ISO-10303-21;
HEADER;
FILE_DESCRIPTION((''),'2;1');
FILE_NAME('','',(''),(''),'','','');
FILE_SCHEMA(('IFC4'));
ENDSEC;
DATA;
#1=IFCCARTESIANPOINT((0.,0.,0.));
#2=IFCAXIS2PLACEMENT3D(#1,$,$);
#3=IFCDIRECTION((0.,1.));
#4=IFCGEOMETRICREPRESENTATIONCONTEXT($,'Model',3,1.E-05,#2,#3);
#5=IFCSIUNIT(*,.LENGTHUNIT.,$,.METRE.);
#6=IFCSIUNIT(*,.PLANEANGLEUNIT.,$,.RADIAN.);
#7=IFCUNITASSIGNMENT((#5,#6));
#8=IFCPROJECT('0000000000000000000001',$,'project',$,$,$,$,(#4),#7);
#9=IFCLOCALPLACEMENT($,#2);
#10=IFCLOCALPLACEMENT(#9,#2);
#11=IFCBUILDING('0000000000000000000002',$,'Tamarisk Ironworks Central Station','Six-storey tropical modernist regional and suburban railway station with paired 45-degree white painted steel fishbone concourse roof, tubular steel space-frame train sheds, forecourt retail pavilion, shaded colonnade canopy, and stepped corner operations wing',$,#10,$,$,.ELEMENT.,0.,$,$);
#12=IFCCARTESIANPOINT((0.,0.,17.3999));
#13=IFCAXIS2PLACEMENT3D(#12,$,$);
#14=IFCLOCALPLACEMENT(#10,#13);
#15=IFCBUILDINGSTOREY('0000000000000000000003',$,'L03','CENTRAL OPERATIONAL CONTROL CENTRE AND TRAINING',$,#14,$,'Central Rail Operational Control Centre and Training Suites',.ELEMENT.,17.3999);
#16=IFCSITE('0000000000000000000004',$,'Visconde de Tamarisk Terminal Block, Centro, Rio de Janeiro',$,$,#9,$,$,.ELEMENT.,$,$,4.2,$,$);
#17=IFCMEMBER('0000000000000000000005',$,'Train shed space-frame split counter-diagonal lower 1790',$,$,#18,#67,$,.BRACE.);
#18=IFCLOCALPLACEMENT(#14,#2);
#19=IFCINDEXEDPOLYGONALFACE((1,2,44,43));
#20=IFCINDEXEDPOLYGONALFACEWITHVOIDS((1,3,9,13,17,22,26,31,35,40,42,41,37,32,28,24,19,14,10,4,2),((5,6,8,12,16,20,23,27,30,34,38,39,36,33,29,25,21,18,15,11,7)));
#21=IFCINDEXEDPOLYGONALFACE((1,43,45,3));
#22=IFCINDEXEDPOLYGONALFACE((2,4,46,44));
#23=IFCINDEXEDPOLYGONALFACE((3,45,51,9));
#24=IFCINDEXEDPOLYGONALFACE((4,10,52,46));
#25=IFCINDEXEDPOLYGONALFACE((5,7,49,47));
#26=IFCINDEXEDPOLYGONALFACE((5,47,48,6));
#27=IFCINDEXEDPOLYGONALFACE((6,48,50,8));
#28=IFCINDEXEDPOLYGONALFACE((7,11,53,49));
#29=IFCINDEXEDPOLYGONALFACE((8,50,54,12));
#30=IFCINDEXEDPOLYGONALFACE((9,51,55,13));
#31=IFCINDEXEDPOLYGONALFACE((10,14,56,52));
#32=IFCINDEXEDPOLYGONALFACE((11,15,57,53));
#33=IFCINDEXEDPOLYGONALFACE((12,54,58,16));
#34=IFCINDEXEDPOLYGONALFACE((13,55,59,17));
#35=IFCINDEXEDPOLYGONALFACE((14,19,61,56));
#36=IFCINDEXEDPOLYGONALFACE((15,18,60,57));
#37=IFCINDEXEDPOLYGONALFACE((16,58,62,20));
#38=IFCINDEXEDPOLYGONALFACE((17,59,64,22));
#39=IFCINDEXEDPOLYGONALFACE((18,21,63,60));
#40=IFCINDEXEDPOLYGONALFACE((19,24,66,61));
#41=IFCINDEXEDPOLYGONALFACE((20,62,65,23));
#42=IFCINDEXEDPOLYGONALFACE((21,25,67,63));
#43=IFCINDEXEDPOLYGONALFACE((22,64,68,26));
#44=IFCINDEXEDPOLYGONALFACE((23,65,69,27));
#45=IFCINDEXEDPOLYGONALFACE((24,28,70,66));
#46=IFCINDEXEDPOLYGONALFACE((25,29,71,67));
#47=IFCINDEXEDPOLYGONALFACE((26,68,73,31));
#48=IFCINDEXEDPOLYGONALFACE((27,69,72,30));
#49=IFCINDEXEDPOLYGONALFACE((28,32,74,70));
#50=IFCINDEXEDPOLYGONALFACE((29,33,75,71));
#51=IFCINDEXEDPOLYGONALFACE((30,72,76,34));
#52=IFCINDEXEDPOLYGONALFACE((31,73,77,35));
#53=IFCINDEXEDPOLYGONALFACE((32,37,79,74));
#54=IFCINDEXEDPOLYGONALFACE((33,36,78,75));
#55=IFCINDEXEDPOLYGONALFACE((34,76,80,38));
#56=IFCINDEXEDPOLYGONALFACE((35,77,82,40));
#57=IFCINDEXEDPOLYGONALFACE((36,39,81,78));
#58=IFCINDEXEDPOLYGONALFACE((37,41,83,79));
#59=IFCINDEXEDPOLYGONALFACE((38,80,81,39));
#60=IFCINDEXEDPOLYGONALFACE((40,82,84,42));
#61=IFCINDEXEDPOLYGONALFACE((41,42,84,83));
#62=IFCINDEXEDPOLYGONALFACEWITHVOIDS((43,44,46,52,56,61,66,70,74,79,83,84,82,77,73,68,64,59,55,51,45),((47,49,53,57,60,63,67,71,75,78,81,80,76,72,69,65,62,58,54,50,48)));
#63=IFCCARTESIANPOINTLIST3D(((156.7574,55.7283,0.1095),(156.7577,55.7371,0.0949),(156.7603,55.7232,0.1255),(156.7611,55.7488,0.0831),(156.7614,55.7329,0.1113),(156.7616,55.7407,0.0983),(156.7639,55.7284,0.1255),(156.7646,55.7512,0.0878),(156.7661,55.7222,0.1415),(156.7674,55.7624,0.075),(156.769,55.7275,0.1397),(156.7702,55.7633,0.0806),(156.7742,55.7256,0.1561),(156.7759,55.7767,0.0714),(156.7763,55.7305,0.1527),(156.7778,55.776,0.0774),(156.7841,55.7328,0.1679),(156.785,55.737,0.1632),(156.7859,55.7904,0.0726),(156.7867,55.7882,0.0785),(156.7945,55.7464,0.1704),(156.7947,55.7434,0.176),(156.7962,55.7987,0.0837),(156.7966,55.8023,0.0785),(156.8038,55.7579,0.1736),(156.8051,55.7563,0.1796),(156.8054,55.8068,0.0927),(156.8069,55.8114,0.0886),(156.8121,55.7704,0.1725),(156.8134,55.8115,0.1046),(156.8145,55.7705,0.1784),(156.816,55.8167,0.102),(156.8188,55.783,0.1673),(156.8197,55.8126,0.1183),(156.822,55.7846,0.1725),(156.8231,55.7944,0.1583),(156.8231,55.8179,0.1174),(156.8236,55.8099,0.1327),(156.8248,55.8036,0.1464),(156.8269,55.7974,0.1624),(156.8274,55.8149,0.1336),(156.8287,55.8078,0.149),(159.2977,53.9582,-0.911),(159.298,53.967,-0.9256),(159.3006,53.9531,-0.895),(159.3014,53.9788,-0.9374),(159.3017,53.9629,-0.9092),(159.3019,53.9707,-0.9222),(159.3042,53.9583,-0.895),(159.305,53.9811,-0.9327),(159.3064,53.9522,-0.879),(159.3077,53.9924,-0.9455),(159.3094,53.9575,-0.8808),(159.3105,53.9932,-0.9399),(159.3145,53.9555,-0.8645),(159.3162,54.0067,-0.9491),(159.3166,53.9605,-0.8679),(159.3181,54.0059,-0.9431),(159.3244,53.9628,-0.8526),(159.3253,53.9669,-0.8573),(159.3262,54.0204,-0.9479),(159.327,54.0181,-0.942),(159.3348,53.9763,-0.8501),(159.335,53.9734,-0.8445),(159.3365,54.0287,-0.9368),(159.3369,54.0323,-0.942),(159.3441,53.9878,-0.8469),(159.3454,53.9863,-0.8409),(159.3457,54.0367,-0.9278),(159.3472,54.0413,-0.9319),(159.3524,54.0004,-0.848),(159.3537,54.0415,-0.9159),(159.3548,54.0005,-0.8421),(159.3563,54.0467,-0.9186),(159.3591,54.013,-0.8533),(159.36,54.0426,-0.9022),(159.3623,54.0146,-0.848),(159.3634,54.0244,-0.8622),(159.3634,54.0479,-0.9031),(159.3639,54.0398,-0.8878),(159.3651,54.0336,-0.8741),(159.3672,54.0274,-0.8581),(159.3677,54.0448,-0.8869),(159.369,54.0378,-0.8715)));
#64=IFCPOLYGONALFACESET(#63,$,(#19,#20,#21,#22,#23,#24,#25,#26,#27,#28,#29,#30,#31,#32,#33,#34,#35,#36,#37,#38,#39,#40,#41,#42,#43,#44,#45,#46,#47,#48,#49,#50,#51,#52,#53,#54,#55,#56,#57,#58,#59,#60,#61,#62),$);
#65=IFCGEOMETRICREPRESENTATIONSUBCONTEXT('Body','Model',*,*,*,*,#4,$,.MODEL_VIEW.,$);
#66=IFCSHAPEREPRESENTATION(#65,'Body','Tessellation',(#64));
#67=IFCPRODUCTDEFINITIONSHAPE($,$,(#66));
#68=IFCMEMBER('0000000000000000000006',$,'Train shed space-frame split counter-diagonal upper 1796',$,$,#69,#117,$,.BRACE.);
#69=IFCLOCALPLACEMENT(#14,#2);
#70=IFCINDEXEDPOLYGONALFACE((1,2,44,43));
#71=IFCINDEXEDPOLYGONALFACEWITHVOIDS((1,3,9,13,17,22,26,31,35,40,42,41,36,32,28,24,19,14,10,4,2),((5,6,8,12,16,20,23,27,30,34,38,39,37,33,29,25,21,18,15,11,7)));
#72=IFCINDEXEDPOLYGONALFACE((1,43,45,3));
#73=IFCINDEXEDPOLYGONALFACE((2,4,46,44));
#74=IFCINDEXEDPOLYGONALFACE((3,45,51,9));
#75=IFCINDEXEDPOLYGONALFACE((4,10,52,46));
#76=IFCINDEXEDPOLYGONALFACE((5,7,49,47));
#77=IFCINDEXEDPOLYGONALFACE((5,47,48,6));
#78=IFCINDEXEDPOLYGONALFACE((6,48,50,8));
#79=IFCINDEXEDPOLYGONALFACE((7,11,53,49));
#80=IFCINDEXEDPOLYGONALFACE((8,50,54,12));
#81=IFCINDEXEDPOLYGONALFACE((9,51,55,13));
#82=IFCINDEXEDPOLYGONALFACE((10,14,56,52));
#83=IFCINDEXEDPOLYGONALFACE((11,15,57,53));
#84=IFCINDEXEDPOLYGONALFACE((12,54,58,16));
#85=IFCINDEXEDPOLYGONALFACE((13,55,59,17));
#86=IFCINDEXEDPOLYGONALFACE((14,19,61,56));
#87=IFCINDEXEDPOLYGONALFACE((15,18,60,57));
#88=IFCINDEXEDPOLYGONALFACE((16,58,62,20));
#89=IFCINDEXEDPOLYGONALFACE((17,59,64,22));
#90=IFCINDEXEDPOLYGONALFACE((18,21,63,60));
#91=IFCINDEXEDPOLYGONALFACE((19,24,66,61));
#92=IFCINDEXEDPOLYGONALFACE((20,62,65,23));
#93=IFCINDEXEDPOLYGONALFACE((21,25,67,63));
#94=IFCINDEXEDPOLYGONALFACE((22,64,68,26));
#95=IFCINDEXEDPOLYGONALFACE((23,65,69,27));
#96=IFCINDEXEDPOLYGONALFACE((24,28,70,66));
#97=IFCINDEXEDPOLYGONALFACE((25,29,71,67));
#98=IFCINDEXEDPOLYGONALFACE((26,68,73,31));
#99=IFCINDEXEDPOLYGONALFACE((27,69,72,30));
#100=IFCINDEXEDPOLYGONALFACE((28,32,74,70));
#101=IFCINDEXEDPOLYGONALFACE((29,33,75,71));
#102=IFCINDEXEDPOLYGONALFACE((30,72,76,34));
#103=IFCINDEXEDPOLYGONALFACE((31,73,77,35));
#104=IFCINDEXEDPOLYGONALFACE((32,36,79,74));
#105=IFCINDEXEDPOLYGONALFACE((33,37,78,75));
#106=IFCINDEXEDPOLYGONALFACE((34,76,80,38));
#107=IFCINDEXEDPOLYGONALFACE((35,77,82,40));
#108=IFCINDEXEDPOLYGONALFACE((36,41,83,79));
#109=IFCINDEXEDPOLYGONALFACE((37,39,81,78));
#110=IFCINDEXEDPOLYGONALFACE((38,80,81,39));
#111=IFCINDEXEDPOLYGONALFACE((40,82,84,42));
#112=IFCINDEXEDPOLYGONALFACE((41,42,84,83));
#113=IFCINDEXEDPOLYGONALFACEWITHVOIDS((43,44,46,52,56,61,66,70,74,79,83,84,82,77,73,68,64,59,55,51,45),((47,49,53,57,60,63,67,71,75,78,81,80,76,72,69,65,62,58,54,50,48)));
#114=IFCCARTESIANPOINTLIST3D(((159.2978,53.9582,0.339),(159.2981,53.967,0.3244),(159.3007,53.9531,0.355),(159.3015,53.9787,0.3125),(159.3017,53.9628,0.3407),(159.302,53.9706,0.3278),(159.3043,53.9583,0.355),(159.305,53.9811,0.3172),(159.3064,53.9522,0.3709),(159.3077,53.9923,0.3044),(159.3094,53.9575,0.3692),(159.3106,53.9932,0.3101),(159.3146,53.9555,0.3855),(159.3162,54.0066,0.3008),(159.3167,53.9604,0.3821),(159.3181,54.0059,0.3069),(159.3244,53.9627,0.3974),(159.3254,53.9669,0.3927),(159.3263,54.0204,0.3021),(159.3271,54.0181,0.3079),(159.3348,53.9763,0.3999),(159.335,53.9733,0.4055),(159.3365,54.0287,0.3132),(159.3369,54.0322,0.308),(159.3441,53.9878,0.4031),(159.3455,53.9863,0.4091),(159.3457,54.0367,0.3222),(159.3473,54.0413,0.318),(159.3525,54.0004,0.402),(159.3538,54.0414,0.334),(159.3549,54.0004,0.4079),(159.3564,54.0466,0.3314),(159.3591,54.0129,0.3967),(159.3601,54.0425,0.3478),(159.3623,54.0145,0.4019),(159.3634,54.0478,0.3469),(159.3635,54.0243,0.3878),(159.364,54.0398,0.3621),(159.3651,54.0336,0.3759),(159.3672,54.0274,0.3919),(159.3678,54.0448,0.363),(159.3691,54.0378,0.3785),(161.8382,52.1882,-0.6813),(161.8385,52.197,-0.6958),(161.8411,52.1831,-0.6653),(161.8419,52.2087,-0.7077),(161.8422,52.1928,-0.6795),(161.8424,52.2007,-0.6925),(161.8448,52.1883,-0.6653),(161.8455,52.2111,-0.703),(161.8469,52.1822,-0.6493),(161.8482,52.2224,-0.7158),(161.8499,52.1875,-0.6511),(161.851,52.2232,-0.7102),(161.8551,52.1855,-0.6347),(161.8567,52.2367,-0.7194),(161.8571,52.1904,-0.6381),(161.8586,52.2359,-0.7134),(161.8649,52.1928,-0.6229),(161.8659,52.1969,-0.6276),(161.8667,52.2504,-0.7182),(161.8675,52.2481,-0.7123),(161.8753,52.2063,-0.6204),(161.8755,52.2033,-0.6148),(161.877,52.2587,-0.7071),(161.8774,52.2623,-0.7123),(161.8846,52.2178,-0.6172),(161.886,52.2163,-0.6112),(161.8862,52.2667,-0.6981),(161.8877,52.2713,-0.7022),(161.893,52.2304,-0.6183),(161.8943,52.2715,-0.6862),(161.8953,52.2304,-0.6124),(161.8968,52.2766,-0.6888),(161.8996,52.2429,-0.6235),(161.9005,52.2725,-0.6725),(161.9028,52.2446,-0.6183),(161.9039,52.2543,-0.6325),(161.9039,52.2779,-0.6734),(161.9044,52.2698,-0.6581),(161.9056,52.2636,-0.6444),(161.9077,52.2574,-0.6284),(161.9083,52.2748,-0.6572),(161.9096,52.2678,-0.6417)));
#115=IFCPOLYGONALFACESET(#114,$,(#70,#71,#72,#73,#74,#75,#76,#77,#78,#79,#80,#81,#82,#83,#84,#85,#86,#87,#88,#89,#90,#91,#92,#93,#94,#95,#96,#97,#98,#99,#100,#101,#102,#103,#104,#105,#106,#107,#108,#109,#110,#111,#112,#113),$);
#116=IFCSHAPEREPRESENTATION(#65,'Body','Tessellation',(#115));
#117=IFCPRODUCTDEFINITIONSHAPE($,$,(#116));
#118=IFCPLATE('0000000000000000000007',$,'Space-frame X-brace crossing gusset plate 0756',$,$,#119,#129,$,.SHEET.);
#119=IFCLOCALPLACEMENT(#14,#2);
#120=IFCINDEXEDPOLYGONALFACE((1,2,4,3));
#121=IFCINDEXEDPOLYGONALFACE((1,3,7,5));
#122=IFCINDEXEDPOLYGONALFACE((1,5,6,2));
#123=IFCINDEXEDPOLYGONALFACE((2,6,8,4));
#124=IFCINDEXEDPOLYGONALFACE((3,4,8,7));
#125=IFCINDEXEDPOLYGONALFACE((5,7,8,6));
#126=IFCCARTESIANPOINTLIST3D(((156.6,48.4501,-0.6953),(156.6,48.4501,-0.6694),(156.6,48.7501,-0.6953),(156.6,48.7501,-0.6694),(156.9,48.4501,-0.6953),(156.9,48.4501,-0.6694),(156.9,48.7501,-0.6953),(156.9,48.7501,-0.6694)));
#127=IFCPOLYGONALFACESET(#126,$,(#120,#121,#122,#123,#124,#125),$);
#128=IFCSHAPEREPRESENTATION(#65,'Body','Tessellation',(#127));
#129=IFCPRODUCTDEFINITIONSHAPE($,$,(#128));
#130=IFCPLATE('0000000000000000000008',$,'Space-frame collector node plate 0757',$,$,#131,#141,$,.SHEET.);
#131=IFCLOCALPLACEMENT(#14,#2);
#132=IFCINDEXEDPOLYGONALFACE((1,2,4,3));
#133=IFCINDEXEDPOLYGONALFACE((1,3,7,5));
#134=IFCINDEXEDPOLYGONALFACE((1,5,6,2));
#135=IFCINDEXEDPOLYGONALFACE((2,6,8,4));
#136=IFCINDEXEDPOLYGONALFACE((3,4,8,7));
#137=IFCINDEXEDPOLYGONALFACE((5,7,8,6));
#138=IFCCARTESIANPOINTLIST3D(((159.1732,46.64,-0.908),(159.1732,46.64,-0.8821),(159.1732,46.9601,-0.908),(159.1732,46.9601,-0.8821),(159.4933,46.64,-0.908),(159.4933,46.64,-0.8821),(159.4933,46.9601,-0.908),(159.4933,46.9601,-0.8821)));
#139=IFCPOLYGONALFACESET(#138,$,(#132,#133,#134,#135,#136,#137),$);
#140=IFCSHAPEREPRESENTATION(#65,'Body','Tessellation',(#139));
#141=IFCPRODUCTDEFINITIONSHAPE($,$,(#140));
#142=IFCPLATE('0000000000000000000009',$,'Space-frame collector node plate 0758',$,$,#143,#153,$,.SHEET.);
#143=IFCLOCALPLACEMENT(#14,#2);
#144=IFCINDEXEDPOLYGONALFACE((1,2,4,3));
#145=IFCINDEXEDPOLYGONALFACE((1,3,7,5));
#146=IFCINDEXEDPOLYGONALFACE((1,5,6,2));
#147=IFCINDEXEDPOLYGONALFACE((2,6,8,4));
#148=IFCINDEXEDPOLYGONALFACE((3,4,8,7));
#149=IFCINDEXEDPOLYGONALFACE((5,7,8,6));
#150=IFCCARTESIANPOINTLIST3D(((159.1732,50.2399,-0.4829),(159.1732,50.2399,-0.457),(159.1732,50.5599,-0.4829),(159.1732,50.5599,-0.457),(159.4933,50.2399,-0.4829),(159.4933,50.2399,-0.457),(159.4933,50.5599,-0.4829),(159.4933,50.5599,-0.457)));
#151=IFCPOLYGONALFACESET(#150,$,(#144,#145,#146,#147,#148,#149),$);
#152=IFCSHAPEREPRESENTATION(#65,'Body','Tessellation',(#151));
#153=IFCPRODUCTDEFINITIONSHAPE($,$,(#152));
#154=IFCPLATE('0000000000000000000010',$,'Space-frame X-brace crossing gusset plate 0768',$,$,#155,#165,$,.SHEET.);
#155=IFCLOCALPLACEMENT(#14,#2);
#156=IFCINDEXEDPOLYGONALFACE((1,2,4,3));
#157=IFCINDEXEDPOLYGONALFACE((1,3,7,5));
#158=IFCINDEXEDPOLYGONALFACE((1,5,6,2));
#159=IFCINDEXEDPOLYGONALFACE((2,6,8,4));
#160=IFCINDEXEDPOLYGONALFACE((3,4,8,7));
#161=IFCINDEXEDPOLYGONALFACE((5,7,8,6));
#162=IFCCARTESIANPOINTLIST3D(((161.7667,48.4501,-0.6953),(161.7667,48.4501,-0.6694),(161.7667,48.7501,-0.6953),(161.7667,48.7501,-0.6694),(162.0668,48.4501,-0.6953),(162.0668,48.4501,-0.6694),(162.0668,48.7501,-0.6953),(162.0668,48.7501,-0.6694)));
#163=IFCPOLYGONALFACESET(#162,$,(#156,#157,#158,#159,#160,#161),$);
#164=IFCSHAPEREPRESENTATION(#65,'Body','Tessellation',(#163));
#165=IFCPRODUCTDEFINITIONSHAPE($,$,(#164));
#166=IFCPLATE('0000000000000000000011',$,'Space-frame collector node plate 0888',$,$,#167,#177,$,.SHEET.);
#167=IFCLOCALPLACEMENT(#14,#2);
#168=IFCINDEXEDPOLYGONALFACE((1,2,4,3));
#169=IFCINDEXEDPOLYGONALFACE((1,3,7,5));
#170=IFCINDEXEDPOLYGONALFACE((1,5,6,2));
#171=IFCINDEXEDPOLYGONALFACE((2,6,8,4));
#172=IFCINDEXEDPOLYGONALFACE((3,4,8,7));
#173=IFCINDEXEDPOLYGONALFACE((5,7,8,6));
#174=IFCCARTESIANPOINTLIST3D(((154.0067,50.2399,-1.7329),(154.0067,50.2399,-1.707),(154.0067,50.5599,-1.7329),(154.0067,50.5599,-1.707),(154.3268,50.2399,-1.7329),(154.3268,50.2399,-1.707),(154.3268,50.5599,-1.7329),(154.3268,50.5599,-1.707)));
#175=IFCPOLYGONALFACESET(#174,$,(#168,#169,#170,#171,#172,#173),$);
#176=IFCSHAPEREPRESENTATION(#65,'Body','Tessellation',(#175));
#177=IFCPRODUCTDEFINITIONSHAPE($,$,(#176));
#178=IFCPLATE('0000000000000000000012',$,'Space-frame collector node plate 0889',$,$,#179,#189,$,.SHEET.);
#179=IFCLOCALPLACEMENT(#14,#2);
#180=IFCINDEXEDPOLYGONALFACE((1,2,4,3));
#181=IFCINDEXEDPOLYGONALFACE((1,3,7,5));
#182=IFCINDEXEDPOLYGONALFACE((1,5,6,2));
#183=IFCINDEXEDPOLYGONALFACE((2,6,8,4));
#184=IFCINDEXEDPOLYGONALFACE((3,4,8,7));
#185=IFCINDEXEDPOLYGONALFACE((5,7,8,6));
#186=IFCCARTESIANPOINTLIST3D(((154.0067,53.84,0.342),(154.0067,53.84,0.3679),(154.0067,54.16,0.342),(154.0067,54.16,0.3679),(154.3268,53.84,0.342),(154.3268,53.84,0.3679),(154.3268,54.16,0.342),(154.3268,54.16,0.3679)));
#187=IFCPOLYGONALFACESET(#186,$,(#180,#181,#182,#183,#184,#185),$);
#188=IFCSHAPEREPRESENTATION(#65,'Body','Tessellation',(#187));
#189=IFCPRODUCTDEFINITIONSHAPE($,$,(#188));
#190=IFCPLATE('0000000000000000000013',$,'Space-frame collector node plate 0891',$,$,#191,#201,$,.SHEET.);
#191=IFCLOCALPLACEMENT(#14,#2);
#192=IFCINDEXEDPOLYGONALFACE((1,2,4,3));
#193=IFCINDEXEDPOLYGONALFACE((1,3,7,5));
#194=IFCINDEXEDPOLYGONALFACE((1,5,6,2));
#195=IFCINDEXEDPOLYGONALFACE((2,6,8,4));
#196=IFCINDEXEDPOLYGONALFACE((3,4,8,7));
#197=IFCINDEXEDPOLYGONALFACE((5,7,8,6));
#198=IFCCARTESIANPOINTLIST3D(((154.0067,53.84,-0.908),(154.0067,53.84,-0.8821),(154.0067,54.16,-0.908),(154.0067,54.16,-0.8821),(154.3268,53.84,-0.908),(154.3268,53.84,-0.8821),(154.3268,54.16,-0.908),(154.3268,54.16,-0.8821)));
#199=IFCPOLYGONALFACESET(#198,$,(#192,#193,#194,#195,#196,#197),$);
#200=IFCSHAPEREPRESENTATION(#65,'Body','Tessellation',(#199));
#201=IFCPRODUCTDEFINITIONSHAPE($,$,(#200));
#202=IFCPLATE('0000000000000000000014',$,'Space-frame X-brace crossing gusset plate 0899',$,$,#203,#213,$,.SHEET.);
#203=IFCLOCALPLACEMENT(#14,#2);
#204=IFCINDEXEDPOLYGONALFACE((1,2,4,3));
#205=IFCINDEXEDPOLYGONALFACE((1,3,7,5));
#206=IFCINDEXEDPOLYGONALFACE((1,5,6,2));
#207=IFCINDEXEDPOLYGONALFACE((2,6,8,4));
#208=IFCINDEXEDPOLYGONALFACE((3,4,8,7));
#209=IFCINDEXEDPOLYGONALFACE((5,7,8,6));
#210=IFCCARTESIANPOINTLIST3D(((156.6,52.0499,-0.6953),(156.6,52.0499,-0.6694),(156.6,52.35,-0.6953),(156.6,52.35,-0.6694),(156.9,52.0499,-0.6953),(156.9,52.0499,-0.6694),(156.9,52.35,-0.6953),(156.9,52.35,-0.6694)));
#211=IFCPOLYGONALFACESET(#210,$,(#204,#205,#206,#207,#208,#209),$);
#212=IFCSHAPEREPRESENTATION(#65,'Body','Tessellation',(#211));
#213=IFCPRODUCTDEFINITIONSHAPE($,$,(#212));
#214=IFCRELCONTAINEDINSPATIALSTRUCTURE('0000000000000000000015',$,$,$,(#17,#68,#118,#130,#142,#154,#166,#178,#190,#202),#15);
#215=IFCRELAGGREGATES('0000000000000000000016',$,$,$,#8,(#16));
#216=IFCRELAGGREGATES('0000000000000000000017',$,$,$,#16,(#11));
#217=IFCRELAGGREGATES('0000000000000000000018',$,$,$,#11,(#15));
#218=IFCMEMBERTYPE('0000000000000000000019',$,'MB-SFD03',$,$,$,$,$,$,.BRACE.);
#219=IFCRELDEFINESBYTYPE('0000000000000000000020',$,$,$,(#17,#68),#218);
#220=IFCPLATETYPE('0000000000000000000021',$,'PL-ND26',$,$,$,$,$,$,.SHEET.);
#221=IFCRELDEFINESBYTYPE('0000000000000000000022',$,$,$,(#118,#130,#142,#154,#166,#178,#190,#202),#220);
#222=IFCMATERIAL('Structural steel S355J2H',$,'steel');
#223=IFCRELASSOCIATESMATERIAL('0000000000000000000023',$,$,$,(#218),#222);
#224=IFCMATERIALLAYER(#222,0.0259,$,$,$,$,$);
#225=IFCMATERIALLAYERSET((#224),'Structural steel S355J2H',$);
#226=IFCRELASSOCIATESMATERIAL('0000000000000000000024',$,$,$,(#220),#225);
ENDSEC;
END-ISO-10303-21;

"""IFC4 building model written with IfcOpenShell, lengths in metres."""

from ifc_helpers import new_model, si_unit, direction, frame, origin, origin_2d, place, context, subcontext, project, spatial, rectangle, hollow_circle, extrude, material, layer, layer_set, material_profile, profile_set, type_object, element, save


model = new_model("IFC4")

# Units and contexts
model_context = context("Model", 3, precision=1e-05, world=origin(), true_north=direction((0.0, 1.0)))
body_context = subcontext(model_context, "Body", "Model", "MODEL_VIEW")
ifc_project = project(units=[si_unit("LENGTHUNIT", "METRE"), si_unit("PLANEANGLEUNIT", "RADIAN")], contexts=[model_context])

# Site, building, storey
site_placement = place(None, origin())
site = spatial("IfcSite", under=ifc_project, at=site_placement, Name="Visconde de Tamarisk Terminal Block, Centro, Rio de Janeiro", CompositionType="ELEMENT", RefElevation=4.2)
building_placement = place(site_placement, origin())
building = spatial("IfcBuilding", under=site, at=building_placement, Name="Tamarisk Ironworks Central Station", Description="Six-storey tropical modernist regional and suburban railway station with paired 45-degree white painted steel fishbone concourse roof, tubular steel space-frame train sheds, forecourt retail pavilion, shaded colonnade canopy, and stepped corner operations wing", CompositionType="ELEMENT", ElevationOfRefHeight=0.0)
storey_placement = place(building_placement, frame((0.0, 0.0, 17.3999)))
storey = spatial("IfcBuildingStorey", under=building, at=storey_placement, Name="L03", Description="CENTRAL OPERATIONAL CONTROL CENTRE AND TRAINING", LongName="Central Rail Operational Control Centre and Training Suites", CompositionType="ELEMENT", Elevation=17.3999)

# Members
ifc_material = material(Name="Structural steel S355J2H", Category="steel")
ifc_material_profile_1 = material_profile(ifc_material, hollow_circle(Radius=0.0571, WallThickness=0.0063, at=origin_2d()), Name="CHS 114.3x6.3")
ifc_profile_set_1 = profile_set([ifc_material_profile_1], Name="Structural steel S355J2H")
member_type_1 = type_object("IfcMemberType", Name="MB-SFD03", PredefinedType="BRACE", material=ifc_profile_set_1)
for number, where, z_axis, x_axis, name in (
    (1, (159.3333, 54.0, -0.895), (-0.779234, 0.542955, 0.313042), (-0.571688, -0.820471, 0.0), "Train shed space-frame split counter-diagonal lower 1790"),
    (2, (161.8738, 52.23, -0.6653), (-0.779281, 0.542936, 0.312956), (-0.571651, -0.820497, 0.0), "Train shed space-frame split counter-diagonal upper 1796"),
):
    element("IfcMember", number, at=place(storey_placement, frame(where, z_axis=z_axis, x_axis=x_axis)), inside=storey, type_object=member_type_1, Name=name, PredefinedType="BRACE", context=body_context, shape_type="SweptSolid", body=[
        extrude(hollow_circle(Radius=0.0571, WallThickness=0.0063, at=origin_2d()), origin(), (0.0, 0.0, 1.0), 3.26),
    ])

# Plates
ifc_layer = layer(ifc_material, 0.0259)
ifc_layer_set = layer_set([ifc_layer], Name="Structural steel S355J2H")
plate_type = type_object("IfcPlateType", Name="PL-ND26", PredefinedType="SHEET", material=ifc_layer_set)
plate_1_placement = place(storey_placement, frame((156.75, 48.6001, -0.6953), z_axis=(0.0, 0.0, 1.0), x_axis=(1.0, 0.0, 0.0)))
element("IfcPlate", 3, at=plate_1_placement, inside=storey, type_object=plate_type, Name="Space-frame X-brace crossing gusset plate 0756", PredefinedType="SHEET", context=body_context, shape_type="SweptSolid", body=[
    extrude(rectangle(XDim=0.3, YDim=0.3, at=origin_2d()), origin(), (0.0, 0.0, 1.0), 0.0259),
])
for number, where, z_axis, x_axis, name in (
    (4, (159.3333, 46.8, -0.908), (0.0, 0.0, 1.0), (1.0, 0.0, 0.0), "Space-frame collector node plate 0757"),
    (5, (159.3333, 50.3999, -0.4829), (0.0, 0.0, 1.0), (1.0, 0.0, 0.0), "Space-frame collector node plate 0758"),
):
    element("IfcPlate", number, at=place(storey_placement, frame(where, z_axis=z_axis, x_axis=x_axis)), inside=storey, type_object=plate_type, Name=name, PredefinedType="SHEET", context=body_context, shape_type="SweptSolid", body=[
        extrude(rectangle(XDim=0.3201, YDim=0.3201, at=origin_2d()), origin(), (0.0, 0.0, 1.0), 0.0259),
    ])
plate_2_placement = place(storey_placement, frame((161.9167, 48.6001, -0.6953), z_axis=(0.0, 0.0, 1.0), x_axis=(1.0, 0.0, 0.0)))
element("IfcPlate", 6, at=plate_2_placement, inside=storey, type_object=plate_type, Name="Space-frame X-brace crossing gusset plate 0768", PredefinedType="SHEET", context=body_context, shape_type="SweptSolid", body=[
    extrude(rectangle(XDim=0.3, YDim=0.3, at=origin_2d()), origin(), (0.0, 0.0, 1.0), 0.0259),
])
for number, where, z_axis, x_axis, name in (
    (7, (154.1667, 50.3999, -1.7329), (0.0, 0.0, 1.0), (1.0, 0.0, 0.0), "Space-frame collector node plate 0888"),
    (8, (154.1667, 54.0, 0.342), (0.0, 0.0, 1.0), (1.0, 0.0, 0.0), "Space-frame collector node plate 0889"),
    (9, (154.1667, 54.0, -0.908), (0.0, 0.0, 1.0), (1.0, 0.0, 0.0), "Space-frame collector node plate 0891"),
):
    element("IfcPlate", number, at=place(storey_placement, frame(where, z_axis=z_axis, x_axis=x_axis)), inside=storey, type_object=plate_type, Name=name, PredefinedType="SHEET", context=body_context, shape_type="SweptSolid", body=[
        extrude(rectangle(XDim=0.3201, YDim=0.3201, at=origin_2d()), origin(), (0.0, 0.0, 1.0), 0.0259),
    ])
plate_3_placement = place(storey_placement, frame((156.75, 52.2, -0.6953), z_axis=(0.0, 0.0, 1.0), x_axis=(1.0, 0.0, 0.0)))
element("IfcPlate", 10, at=plate_3_placement, inside=storey, type_object=plate_type, Name="Space-frame X-brace crossing gusset plate 0899", PredefinedType="SHEET", context=body_context, shape_type="SweptSolid", body=[
    extrude(rectangle(XDim=0.3, YDim=0.3, at=origin_2d()), origin(), (0.0, 0.0, 1.0), 0.0259),
])

save(model, "model.ifc")
